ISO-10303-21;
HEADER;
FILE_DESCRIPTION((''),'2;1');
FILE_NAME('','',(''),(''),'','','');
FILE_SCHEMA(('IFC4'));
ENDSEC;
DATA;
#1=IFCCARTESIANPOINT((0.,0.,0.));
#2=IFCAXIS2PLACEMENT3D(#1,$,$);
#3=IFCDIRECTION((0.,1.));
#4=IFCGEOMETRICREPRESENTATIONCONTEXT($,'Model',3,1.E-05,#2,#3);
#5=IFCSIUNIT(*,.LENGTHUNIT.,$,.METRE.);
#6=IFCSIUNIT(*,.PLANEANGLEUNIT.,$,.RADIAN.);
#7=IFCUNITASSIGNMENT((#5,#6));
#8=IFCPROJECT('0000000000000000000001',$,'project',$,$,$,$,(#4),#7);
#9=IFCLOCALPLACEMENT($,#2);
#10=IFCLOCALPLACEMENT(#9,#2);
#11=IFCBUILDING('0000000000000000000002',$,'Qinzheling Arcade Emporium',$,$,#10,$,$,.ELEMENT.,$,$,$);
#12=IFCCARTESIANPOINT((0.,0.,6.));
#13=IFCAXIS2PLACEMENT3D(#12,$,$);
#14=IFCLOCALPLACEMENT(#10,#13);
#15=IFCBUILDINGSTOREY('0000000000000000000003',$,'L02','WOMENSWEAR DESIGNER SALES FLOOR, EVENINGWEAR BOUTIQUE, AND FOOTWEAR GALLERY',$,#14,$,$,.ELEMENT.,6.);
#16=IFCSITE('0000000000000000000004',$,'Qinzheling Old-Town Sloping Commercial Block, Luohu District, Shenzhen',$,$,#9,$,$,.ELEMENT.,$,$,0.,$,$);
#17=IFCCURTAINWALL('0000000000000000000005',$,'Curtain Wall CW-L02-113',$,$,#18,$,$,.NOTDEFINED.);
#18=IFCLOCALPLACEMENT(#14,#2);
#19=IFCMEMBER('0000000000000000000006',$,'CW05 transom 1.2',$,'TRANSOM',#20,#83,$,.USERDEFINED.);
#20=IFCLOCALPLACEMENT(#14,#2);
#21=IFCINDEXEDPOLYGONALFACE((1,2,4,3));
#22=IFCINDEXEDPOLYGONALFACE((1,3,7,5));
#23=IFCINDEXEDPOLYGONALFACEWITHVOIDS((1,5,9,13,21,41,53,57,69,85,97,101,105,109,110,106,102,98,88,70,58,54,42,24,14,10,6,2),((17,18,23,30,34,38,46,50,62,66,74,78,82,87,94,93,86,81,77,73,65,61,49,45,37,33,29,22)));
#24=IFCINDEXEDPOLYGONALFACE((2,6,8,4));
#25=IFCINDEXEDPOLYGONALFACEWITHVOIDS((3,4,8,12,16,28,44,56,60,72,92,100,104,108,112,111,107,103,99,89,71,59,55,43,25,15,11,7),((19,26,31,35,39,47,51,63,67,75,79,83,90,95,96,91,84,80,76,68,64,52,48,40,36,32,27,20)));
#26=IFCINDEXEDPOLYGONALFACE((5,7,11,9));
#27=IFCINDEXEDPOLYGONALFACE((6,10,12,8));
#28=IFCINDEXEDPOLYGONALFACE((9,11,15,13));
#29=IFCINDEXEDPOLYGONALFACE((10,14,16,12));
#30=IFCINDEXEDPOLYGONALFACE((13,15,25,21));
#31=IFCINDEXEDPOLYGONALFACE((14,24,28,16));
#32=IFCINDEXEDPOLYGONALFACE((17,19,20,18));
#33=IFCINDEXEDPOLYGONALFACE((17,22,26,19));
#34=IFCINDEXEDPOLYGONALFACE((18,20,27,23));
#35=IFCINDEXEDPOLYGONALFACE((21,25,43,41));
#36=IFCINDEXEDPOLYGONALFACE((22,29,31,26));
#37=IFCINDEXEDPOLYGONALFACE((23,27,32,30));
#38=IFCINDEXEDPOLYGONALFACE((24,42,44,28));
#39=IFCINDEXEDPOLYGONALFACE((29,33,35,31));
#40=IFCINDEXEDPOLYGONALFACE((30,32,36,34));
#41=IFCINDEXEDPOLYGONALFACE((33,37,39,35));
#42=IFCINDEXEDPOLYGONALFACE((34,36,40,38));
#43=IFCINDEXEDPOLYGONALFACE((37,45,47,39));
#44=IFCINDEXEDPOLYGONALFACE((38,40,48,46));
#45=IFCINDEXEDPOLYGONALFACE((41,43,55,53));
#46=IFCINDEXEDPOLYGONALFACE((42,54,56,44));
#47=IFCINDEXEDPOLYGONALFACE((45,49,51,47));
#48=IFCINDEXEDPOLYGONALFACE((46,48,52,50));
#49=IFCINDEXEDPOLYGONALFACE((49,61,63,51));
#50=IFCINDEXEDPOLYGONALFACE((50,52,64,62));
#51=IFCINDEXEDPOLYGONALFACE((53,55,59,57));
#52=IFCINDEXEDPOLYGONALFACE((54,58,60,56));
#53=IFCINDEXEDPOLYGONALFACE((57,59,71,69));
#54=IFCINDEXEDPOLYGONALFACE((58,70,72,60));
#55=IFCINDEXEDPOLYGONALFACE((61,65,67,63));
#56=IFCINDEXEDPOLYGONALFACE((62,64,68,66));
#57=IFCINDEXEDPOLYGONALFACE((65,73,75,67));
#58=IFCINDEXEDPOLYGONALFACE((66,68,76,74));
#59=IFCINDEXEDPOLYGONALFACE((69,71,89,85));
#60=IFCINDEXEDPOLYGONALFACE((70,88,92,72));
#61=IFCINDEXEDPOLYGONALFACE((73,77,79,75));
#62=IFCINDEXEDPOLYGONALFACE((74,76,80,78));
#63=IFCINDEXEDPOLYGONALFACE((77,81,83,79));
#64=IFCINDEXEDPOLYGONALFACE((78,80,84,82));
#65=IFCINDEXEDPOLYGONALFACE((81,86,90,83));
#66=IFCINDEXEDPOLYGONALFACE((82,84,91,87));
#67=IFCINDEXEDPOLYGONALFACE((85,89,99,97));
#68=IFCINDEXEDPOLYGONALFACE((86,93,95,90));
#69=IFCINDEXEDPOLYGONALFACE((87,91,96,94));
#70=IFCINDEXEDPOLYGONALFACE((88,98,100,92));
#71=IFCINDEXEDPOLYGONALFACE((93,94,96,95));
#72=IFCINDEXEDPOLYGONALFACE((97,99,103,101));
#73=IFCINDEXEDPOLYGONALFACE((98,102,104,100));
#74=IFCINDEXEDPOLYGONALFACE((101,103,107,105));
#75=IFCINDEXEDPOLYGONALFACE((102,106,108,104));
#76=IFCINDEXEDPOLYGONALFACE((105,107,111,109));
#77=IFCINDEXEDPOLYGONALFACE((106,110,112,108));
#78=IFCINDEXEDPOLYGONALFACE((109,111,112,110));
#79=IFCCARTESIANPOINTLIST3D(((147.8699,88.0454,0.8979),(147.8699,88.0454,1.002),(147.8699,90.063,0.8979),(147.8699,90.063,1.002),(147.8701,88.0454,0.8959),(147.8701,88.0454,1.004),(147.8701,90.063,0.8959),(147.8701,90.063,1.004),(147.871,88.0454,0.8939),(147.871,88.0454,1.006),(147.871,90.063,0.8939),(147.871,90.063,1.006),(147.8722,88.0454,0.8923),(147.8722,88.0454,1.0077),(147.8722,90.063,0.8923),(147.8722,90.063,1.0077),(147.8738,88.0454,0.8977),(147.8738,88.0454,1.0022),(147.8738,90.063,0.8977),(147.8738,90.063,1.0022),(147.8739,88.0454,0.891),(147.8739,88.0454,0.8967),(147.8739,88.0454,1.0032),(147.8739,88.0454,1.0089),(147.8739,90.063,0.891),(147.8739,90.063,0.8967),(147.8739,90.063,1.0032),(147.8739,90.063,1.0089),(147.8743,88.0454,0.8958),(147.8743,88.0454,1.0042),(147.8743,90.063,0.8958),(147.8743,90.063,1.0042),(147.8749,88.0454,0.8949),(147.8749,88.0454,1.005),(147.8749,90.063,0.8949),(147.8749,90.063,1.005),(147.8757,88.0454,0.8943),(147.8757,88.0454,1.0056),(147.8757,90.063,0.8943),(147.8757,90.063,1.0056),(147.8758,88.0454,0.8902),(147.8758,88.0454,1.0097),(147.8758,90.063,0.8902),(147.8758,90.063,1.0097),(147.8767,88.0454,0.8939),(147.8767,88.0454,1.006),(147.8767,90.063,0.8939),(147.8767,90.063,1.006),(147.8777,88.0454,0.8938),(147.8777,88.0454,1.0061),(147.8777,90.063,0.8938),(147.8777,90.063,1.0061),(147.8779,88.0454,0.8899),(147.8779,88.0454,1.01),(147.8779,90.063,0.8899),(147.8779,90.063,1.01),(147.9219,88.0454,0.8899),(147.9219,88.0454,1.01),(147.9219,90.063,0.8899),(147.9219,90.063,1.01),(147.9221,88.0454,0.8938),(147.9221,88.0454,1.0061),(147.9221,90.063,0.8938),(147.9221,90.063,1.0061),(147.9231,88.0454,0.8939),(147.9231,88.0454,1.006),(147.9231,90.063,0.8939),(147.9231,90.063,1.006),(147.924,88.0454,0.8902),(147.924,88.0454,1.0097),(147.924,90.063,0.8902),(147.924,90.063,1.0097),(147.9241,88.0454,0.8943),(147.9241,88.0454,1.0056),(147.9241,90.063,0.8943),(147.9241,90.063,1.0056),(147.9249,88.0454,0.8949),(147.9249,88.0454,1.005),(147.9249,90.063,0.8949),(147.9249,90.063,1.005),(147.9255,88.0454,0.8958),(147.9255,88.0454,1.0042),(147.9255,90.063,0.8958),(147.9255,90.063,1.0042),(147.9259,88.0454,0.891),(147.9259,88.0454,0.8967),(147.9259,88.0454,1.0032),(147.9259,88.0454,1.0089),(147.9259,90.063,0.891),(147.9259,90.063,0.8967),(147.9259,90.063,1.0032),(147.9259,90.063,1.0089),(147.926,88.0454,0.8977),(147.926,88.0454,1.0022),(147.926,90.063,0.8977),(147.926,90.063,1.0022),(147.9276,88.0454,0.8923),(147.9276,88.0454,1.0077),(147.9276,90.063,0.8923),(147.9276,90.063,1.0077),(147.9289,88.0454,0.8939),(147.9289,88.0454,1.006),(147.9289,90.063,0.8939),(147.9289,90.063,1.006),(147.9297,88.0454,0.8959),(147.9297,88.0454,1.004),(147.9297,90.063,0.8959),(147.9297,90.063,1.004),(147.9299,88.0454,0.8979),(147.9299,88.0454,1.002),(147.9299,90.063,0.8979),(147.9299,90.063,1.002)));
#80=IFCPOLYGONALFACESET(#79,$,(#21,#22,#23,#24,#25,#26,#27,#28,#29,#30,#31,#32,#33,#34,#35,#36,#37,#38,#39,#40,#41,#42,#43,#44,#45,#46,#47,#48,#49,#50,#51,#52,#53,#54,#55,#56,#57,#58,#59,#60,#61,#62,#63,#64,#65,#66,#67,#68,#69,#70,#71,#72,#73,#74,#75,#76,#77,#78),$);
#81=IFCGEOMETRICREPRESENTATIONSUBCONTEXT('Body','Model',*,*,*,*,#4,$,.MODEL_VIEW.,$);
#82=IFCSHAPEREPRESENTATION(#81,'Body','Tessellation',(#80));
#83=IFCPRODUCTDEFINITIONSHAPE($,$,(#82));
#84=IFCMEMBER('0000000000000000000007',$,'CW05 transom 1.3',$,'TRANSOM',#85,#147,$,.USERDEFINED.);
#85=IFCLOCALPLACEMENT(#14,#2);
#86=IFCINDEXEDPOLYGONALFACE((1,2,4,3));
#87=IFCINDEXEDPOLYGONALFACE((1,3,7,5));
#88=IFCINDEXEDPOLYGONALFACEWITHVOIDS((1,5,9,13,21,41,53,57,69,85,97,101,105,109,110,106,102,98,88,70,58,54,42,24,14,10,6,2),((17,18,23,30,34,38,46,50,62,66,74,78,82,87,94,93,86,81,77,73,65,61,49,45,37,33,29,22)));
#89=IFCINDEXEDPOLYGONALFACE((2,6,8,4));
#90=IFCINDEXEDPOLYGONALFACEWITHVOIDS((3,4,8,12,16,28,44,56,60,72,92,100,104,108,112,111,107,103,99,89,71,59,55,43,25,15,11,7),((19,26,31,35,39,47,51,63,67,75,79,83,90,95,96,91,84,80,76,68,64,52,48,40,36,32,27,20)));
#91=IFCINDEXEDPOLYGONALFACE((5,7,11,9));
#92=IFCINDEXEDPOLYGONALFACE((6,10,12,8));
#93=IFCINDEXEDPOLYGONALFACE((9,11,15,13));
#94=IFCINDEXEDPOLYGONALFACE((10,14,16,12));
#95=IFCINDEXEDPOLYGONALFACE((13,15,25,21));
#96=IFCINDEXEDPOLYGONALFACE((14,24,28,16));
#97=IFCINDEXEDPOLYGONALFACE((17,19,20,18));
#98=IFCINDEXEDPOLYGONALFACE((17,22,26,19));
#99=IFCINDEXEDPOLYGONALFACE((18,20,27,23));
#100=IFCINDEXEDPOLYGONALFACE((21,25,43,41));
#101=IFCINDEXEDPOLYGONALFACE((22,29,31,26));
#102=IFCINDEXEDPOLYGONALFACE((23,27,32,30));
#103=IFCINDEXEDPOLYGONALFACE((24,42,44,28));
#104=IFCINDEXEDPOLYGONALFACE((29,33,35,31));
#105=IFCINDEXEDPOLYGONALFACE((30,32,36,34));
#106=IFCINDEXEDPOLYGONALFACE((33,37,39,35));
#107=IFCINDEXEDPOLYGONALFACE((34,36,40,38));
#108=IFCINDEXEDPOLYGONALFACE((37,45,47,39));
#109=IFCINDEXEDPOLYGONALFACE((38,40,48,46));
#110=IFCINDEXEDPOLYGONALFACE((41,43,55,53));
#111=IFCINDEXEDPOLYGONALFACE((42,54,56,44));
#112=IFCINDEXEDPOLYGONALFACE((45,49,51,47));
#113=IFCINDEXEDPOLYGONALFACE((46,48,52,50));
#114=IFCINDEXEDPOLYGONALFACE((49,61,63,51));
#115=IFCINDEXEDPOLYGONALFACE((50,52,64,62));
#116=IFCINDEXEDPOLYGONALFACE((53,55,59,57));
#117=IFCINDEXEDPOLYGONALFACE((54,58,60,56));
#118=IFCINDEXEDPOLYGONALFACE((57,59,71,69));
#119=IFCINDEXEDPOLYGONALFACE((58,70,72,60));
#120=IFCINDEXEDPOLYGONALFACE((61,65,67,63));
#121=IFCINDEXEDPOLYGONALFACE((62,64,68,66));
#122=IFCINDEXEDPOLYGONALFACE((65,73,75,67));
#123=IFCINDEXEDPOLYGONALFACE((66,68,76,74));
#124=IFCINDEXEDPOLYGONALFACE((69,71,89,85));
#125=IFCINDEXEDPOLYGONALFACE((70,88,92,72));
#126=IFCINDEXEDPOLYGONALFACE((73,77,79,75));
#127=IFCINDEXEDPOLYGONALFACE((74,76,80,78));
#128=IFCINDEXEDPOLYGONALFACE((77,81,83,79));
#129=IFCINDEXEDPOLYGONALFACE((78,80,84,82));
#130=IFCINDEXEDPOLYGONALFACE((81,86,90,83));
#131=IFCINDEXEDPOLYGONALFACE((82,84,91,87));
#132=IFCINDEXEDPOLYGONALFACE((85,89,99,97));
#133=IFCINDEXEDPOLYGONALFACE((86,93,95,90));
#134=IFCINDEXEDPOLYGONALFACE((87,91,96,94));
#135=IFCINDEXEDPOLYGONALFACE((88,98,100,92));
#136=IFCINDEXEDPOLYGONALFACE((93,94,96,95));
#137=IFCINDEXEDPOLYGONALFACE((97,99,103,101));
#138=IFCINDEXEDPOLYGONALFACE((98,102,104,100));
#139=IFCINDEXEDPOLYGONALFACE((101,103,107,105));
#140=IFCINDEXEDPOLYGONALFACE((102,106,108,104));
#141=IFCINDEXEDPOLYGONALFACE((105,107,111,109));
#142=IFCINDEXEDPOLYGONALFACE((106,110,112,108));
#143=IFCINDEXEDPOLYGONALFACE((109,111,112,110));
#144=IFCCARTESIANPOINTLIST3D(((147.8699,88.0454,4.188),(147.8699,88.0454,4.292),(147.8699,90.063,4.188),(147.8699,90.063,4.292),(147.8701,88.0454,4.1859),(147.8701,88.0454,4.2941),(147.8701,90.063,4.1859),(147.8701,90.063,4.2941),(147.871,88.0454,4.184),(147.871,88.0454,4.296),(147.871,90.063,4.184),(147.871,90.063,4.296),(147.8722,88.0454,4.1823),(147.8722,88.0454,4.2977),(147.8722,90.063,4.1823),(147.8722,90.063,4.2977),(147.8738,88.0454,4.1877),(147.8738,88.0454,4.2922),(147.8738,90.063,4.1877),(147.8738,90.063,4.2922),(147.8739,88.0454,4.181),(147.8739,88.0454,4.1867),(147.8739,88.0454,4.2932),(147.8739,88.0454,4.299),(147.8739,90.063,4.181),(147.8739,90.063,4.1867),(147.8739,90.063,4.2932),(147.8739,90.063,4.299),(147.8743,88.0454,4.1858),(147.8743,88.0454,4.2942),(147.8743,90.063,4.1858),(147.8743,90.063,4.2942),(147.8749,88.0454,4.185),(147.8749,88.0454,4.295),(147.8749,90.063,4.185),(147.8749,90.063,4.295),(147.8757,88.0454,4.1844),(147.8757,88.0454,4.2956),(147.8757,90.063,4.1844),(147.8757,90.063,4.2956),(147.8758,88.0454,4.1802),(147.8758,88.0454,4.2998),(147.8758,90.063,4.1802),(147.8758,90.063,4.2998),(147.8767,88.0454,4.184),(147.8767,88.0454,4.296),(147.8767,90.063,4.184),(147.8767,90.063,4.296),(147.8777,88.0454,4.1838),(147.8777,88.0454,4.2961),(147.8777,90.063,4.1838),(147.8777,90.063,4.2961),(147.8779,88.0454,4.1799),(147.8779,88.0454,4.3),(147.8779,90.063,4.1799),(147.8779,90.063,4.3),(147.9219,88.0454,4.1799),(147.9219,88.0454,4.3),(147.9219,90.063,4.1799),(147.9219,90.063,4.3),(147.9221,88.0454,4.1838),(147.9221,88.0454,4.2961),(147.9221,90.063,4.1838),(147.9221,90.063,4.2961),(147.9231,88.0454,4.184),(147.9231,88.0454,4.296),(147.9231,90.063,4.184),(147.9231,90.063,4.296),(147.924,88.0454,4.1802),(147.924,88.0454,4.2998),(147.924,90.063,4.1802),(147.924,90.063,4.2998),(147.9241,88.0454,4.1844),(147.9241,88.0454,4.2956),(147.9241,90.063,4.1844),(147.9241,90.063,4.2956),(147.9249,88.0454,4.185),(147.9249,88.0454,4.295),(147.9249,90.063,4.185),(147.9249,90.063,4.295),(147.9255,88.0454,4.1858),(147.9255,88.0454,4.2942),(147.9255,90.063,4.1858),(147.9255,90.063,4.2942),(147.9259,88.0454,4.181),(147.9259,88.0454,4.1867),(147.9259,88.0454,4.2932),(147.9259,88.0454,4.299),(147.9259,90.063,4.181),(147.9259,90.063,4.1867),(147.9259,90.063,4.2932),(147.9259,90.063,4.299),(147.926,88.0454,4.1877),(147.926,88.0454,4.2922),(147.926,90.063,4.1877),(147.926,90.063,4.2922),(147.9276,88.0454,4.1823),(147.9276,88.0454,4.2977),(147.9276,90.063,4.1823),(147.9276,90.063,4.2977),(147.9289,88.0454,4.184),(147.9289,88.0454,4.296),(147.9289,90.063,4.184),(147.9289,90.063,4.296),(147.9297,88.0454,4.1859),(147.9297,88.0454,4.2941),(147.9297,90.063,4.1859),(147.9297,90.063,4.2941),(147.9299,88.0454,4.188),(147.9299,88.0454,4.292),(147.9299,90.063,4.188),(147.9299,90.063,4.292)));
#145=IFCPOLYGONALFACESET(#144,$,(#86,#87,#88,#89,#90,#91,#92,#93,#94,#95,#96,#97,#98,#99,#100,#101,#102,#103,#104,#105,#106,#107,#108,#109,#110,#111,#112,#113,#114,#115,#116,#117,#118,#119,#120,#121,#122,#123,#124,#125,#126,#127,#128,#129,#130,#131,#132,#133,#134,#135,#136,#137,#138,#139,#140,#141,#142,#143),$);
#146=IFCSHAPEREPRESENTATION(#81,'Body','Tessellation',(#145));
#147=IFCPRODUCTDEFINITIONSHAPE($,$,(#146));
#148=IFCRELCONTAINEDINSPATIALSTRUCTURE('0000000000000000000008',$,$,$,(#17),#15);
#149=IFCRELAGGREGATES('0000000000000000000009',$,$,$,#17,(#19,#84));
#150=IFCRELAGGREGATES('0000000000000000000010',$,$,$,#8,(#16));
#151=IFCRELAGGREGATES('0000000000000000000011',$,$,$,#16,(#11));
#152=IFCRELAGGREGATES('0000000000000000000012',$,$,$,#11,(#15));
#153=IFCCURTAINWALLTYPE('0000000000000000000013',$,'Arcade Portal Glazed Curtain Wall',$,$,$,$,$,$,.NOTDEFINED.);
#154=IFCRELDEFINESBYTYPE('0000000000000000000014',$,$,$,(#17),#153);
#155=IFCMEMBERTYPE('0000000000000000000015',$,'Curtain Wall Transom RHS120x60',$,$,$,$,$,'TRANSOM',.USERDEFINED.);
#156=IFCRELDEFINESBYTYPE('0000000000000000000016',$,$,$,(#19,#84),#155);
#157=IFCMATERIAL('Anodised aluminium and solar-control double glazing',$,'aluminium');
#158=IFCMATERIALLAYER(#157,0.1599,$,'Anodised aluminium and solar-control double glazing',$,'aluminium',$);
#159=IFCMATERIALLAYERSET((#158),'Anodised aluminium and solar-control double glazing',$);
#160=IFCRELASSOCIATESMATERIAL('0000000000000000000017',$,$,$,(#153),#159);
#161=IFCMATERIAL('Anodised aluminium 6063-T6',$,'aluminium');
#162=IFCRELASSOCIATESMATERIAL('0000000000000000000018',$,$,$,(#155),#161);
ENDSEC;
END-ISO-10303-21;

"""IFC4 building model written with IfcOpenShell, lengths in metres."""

from ifc_helpers import new_model, si_unit, direction, frame, origin, origin_2d, place, context, subcontext, project, spatial, hollow_rectangle, extrude, material, layer, layer_set, material_profile, profile_set, type_object, element, aggregate, save


model = new_model("IFC4")

# Units and contexts
model_context = context("Model", 3, precision=1e-05, world=origin(), true_north=direction((0.0, 1.0)))
body_context = subcontext(model_context, "Body", "Model", "MODEL_VIEW")
ifc_project = project(units=[si_unit("LENGTHUNIT", "METRE"), si_unit("PLANEANGLEUNIT", "RADIAN")], contexts=[model_context])

# Site, building, storey
site_placement = place(None, origin())
site = spatial("IfcSite", under=ifc_project, at=site_placement, Name="Qinzheling Old-Town Sloping Commercial Block, Luohu District, Shenzhen", CompositionType="ELEMENT", RefElevation=0.0)
building_placement = place(site_placement, origin())
building = spatial("IfcBuilding", under=site, at=building_placement, Name="Qinzheling Arcade Emporium", CompositionType="ELEMENT")
storey_placement = place(building_placement, frame((0.0, 0.0, 6.0)))
storey = spatial("IfcBuildingStorey", under=building, at=storey_placement, Name="L02", Description="WOMENSWEAR DESIGNER SALES FLOOR, EVENINGWEAR BOUTIQUE, AND FOOTWEAR GALLERY", CompositionType="ELEMENT", Elevation=6.0)

# Curtain wall
ifc_material_1 = material(Name="Anodised aluminium and solar-control double glazing", Category="aluminium")
ifc_material_2 = material(Name="Anodised aluminium 6063-T6", Category="aluminium")
ifc_layer_1 = layer(ifc_material_1, 0.1599, Name="Anodised aluminium and solar-control double glazing", Category="aluminium")
ifc_layer_set_1 = layer_set([ifc_layer_1], Name="Anodised aluminium and solar-control double glazing")
curtain_wall_type_1 = type_object("IfcCurtainWallType", Name="Arcade Portal Glazed Curtain Wall", PredefinedType="NOTDEFINED", material=ifc_layer_set_1)
curtain_wall_1_placement = place(storey_placement, origin())
curtain_wall_1 = element("IfcCurtainWall", 1, at=curtain_wall_1_placement, inside=storey, type_object=curtain_wall_type_1, Name="Curtain Wall CW-L02-113", PredefinedType="NOTDEFINED")

# Members
ifc_material_profile_1 = material_profile(ifc_material_2, hollow_rectangle(XDim=0.0601, YDim=0.1201, WallThickness=0.0039, InnerFilletRadius=0.0039, OuterFilletRadius=0.0081, at=origin_2d()), Name="RHS 120x60x4", Category="aluminium")
ifc_profile_set_1 = profile_set([ifc_material_profile_1], Name="Anodised aluminium 6063-T6")
member_type_1 = type_object("IfcMemberType", Name="Curtain Wall Transom RHS120x60", ElementType="TRANSOM", PredefinedType="USERDEFINED", material=ifc_profile_set_1)
member_1_placement = place(storey_placement, frame((147.8999, 90.063, 0.95), z_axis=(0.0, -1.0, 0.0), x_axis=(1.0, 0.0, 0.0)))
member_1 = element("IfcMember", 2, at=member_1_placement, type_object=member_type_1, Name="CW05 transom 1.2", ObjectType="TRANSOM", PredefinedType="USERDEFINED", context=body_context, shape_type="SweptSolid", body=[
    extrude(hollow_rectangle(XDim=0.0601, YDim=0.1201, WallThickness=0.0039, InnerFilletRadius=0.0039, OuterFilletRadius=0.0081, at=origin_2d()), origin(), (0.0, 0.0, 1.0), 2.0176),
])
member_2_placement = place(storey_placement, frame((147.8999, 90.063, 4.24), z_axis=(0.0, -1.0, 0.0), x_axis=(1.0, 0.0, 0.0)))
member_2 = element("IfcMember", 3, at=member_2_placement, type_object=member_type_1, Name="CW05 transom 1.3", ObjectType="TRANSOM", PredefinedType="USERDEFINED", context=body_context, shape_type="SweptSolid", body=[
    extrude(hollow_rectangle(XDim=0.0601, YDim=0.1201, WallThickness=0.0039, InnerFilletRadius=0.0039, OuterFilletRadius=0.0081, at=origin_2d()), origin(), (0.0, 0.0, 1.0), 2.0176),
])

aggregate(curtain_wall_1, [member_1, member_2])

save(model, "model.ifc")
